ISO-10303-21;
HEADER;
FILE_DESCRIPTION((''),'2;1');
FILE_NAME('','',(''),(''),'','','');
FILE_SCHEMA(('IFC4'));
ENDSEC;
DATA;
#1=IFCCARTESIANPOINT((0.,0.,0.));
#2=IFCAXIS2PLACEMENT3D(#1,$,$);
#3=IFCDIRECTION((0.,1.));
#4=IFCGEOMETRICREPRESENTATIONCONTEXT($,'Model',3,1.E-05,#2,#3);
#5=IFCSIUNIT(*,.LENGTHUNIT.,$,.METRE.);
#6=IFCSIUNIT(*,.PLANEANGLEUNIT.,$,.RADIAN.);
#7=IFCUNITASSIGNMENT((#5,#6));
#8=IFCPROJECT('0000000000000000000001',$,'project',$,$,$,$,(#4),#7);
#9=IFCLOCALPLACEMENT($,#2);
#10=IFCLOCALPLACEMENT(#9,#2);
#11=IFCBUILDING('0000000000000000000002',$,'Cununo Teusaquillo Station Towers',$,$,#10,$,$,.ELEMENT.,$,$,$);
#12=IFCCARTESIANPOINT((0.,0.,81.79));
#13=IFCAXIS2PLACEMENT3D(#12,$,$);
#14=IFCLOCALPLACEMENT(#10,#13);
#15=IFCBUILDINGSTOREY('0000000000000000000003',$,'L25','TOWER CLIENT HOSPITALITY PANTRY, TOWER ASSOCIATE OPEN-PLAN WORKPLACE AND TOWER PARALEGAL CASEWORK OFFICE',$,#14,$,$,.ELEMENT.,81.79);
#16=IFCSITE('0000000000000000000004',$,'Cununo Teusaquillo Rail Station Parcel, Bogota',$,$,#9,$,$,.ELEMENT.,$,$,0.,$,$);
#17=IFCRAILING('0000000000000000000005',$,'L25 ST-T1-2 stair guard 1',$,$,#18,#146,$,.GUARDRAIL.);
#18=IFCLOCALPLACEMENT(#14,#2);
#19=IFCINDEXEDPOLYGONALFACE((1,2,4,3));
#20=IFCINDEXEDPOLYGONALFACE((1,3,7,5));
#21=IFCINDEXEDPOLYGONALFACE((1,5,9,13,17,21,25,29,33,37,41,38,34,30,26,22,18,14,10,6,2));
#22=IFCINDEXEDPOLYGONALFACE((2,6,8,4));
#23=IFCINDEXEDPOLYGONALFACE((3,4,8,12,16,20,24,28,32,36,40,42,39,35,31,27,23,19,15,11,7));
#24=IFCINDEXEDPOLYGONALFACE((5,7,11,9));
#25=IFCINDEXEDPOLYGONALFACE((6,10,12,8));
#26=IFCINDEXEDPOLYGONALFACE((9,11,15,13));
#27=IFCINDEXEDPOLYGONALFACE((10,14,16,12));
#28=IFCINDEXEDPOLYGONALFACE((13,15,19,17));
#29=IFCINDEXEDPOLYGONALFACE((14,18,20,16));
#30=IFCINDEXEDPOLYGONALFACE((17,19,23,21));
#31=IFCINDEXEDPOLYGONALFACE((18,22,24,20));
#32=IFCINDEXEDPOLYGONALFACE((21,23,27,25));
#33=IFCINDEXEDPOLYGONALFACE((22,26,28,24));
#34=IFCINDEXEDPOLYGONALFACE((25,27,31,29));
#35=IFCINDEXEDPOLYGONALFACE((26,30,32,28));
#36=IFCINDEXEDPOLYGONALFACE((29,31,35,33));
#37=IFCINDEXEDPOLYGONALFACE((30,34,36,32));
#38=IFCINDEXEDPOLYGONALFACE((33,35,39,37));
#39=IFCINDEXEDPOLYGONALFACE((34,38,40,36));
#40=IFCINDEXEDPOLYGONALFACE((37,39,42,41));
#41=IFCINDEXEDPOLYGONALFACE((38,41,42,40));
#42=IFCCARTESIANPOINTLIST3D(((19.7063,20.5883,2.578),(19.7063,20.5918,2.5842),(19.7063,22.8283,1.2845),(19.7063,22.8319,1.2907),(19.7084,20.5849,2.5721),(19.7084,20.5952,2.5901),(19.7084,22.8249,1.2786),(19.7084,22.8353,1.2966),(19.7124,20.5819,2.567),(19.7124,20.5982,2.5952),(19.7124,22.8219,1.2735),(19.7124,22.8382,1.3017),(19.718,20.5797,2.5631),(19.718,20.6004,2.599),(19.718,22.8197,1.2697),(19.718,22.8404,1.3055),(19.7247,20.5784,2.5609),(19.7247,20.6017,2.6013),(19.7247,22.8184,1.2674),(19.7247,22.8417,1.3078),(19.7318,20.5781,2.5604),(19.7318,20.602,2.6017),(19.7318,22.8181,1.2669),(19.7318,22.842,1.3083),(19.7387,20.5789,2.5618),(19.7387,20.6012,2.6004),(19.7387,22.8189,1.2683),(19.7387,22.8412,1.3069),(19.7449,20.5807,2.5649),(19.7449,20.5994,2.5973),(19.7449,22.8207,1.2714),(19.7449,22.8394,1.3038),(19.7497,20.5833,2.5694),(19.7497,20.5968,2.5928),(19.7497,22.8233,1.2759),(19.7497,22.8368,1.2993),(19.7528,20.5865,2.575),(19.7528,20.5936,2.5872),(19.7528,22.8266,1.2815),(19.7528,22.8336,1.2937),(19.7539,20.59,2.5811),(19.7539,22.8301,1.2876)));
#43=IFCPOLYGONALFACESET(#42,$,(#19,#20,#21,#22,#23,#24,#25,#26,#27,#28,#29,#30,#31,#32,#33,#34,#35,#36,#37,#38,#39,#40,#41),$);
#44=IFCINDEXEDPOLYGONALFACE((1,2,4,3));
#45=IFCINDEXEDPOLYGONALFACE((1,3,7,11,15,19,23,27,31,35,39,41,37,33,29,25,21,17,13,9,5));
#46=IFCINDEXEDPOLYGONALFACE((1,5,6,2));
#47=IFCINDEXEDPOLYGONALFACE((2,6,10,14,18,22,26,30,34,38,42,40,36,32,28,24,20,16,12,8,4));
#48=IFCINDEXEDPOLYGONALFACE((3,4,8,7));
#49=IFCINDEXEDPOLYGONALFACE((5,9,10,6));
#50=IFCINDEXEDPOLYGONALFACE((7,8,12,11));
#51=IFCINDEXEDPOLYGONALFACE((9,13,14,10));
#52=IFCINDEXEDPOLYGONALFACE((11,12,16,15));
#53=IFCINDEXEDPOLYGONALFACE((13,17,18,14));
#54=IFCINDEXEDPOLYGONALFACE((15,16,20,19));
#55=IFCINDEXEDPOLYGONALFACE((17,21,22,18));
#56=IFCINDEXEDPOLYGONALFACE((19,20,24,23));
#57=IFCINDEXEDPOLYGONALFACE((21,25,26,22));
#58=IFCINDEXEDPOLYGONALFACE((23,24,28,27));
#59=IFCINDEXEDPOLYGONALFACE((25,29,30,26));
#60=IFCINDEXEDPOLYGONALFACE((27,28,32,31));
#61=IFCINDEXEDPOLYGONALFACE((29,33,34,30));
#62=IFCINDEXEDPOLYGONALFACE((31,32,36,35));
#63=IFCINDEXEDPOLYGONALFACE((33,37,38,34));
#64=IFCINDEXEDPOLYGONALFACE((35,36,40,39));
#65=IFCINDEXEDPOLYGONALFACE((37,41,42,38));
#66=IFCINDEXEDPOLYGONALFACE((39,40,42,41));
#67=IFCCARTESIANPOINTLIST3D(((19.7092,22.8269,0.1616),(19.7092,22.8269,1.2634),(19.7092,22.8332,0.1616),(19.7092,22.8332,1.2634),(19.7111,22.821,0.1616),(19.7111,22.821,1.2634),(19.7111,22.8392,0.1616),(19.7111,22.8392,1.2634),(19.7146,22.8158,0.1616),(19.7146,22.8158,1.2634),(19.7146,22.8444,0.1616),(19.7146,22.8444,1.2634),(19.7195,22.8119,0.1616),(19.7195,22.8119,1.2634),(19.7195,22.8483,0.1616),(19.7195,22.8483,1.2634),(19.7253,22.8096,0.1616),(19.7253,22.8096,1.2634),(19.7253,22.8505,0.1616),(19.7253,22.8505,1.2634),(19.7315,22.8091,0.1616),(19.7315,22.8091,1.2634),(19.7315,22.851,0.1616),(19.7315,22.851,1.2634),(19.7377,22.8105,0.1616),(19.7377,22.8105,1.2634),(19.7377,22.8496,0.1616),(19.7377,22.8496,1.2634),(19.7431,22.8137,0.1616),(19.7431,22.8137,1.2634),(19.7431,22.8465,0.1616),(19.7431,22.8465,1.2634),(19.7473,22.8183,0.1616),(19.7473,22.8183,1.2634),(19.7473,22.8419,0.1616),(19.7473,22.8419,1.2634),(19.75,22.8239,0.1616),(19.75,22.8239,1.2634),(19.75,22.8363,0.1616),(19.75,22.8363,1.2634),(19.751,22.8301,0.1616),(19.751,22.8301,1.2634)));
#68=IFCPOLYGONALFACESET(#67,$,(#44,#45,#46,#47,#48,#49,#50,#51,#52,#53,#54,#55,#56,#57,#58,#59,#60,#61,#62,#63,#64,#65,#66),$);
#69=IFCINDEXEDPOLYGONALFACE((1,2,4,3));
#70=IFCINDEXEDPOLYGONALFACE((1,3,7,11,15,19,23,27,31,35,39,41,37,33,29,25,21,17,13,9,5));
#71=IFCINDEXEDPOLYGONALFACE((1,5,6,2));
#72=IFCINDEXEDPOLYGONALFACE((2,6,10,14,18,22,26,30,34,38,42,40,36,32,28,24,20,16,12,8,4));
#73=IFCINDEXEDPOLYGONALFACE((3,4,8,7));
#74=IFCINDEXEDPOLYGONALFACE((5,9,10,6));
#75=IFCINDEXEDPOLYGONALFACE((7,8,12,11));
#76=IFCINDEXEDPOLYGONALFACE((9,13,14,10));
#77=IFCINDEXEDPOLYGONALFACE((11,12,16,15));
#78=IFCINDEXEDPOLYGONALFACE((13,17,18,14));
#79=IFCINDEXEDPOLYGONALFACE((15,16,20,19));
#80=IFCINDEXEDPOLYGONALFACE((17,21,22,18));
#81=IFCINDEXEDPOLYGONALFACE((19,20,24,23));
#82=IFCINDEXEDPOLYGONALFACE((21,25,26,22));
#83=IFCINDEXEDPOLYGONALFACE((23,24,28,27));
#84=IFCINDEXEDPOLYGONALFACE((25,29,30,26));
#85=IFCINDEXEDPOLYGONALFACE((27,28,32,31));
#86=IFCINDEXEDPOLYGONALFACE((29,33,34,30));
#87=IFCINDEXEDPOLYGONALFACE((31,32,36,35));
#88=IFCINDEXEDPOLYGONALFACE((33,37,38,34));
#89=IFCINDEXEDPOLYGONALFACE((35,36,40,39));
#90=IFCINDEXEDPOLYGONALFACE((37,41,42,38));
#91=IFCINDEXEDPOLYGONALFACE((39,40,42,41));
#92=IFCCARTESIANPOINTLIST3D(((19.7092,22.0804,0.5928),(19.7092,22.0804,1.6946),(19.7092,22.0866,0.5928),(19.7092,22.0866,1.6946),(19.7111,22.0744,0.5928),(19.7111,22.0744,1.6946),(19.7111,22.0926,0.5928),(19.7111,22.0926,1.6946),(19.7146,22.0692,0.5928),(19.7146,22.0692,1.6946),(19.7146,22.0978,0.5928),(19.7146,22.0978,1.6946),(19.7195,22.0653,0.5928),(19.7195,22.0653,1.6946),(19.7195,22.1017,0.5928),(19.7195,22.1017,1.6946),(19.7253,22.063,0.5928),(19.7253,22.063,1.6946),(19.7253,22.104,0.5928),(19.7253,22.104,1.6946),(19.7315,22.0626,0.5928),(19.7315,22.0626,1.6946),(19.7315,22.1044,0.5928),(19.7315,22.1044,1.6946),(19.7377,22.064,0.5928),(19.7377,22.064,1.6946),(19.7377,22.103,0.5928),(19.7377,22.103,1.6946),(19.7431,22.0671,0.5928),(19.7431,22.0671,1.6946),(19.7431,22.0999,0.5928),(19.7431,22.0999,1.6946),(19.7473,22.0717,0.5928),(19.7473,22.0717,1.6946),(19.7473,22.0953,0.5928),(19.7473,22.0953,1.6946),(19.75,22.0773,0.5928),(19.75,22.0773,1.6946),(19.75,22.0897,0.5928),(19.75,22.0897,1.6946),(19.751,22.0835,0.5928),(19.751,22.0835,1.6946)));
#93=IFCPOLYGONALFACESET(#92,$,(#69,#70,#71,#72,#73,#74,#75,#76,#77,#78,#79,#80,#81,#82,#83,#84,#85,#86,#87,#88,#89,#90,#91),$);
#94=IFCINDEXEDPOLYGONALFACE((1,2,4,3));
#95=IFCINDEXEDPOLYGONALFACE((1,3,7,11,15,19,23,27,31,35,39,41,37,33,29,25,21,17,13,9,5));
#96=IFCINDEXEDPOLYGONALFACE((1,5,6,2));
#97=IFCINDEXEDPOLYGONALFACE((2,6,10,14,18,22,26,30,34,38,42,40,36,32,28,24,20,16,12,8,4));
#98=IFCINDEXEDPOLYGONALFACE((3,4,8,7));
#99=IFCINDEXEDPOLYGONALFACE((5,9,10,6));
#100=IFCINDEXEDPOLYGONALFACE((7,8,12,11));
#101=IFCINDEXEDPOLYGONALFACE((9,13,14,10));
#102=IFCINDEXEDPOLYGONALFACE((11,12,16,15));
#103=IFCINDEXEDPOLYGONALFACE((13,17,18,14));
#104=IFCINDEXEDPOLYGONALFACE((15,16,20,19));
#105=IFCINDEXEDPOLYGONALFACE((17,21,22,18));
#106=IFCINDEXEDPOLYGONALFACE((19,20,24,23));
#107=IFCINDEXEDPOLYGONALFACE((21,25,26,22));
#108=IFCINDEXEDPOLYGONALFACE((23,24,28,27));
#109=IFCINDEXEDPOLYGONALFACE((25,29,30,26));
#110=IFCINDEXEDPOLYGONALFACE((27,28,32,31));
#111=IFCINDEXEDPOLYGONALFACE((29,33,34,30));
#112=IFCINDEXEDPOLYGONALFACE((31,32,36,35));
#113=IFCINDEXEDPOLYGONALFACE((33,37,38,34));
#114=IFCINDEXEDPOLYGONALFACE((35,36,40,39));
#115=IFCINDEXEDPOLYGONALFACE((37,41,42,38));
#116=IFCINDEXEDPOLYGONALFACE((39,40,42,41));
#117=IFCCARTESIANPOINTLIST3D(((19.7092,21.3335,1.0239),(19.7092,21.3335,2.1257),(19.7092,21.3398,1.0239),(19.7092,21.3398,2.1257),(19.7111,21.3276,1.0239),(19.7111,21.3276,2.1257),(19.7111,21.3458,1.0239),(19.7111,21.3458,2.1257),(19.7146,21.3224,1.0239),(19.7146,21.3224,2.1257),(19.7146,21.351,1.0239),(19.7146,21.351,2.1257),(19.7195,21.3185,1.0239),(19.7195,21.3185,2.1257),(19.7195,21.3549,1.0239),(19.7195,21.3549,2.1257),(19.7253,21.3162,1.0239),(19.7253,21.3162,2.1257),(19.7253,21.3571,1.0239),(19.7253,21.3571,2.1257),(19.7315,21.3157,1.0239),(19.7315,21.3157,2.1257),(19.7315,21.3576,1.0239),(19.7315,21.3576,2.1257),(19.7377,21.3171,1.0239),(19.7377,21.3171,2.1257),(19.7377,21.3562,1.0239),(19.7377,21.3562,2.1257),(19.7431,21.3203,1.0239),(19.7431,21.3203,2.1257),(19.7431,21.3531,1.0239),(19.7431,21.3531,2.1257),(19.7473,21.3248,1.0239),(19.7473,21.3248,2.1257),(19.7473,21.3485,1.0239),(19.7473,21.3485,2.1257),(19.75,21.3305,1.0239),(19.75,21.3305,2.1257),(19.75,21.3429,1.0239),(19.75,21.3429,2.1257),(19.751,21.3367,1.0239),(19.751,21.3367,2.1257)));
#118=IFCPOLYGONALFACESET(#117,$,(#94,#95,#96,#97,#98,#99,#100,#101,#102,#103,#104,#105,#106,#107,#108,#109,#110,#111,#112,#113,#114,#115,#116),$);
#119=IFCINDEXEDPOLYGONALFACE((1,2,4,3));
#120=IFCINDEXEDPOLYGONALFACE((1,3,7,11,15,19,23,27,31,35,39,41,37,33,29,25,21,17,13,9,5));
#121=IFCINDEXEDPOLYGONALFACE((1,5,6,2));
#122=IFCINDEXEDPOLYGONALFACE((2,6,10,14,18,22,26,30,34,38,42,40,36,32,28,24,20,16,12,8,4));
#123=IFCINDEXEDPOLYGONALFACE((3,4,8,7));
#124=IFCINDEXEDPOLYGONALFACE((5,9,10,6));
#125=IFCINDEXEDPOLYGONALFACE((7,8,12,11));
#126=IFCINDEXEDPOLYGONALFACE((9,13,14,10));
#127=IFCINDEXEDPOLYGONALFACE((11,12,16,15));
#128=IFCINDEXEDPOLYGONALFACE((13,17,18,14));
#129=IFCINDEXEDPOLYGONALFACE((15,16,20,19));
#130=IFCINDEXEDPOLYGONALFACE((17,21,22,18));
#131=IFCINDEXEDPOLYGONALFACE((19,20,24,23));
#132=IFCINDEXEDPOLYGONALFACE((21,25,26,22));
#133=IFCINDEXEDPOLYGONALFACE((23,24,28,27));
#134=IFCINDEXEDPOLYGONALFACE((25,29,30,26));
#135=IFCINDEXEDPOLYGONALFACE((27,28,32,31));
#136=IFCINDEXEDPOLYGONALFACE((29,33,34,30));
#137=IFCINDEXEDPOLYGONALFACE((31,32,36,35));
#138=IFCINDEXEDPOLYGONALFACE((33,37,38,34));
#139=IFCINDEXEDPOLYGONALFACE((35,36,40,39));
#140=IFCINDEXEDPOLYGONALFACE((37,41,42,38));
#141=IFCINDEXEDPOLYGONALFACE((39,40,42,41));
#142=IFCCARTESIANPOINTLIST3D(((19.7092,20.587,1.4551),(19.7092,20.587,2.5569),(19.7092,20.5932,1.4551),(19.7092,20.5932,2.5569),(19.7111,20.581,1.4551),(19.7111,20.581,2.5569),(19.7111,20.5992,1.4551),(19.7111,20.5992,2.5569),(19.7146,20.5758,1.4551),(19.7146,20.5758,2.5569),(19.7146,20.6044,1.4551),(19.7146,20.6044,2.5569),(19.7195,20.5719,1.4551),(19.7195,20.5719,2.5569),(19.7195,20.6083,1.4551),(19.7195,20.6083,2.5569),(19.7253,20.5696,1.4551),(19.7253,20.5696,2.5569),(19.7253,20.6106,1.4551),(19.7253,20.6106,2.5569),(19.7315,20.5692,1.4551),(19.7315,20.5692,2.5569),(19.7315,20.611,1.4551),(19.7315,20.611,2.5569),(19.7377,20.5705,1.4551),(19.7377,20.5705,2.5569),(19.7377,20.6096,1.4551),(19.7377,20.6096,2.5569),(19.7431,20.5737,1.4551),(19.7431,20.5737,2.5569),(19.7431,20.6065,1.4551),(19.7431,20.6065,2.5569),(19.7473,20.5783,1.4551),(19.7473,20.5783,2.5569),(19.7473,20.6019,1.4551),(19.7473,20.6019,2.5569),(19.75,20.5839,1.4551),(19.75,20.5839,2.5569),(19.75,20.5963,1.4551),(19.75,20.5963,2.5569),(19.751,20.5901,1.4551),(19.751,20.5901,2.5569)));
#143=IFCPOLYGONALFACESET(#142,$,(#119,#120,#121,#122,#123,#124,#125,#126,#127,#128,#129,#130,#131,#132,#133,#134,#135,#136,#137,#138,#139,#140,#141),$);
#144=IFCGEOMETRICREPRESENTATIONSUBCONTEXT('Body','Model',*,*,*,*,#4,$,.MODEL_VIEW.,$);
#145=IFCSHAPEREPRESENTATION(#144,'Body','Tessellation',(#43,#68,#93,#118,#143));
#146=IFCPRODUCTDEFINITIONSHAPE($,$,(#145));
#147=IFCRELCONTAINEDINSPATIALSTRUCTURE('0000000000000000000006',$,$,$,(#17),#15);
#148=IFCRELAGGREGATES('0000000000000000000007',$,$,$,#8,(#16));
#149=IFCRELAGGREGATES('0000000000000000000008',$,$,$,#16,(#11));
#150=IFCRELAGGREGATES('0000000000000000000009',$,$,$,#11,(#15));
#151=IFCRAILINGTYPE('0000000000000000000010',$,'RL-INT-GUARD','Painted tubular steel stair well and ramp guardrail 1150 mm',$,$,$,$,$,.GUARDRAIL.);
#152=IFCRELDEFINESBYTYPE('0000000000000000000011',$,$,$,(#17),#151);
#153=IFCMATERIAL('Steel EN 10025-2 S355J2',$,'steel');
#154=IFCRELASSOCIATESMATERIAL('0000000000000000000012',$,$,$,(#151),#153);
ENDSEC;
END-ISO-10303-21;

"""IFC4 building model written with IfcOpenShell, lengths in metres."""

from ifc_helpers import new_model, si_unit, direction, frame, origin, origin_2d, place, context, subcontext, project, spatial, circle, extrude, material, type_object, element, save


model = new_model("IFC4")

# Units and contexts
model_context = context("Model", 3, precision=1e-05, world=origin(), true_north=direction((0.0, 1.0)))
body_context = subcontext(model_context, "Body", "Model", "MODEL_VIEW")
ifc_project = project(units=[si_unit("LENGTHUNIT", "METRE"), si_unit("PLANEANGLEUNIT", "RADIAN")], contexts=[model_context])

# Site, building, storey
site_placement = place(None, origin())
site = spatial("IfcSite", under=ifc_project, at=site_placement, Name="Cununo Teusaquillo Rail Station Parcel, Bogota", CompositionType="ELEMENT", RefElevation=0.0)
building_placement = place(site_placement, origin())
building = spatial("IfcBuilding", under=site, at=building_placement, Name="Cununo Teusaquillo Station Towers", CompositionType="ELEMENT")
storey_placement = place(building_placement, frame((0.0, 0.0, 81.79)))
storey = spatial("IfcBuildingStorey", under=building, at=storey_placement, Name="L25", Description="TOWER CLIENT HOSPITALITY PANTRY, TOWER ASSOCIATE OPEN-PLAN WORKPLACE AND TOWER PARALEGAL CASEWORK OFFICE", CompositionType="ELEMENT", Elevation=81.79)

# Railing
ifc_material_1 = material(Name="Steel EN 10025-2 S355J2", Category="steel")
railing_type_1 = type_object("IfcRailingType", Name="RL-INT-GUARD", Description="Painted tubular steel stair well and ramp guardrail 1150 mm", PredefinedType="GUARDRAIL", material=ifc_material_1)
railing_1_placement = place(storey_placement, frame((19.73, 22.8301, 0.1616)))
element("IfcRailing", 1, at=railing_1_placement, inside=storey, type_object=railing_type_1, Name="L25 ST-T1-2 stair guard 1", PredefinedType="GUARDRAIL", context=body_context, shape_type="SweptSolid", body=[
    extrude(circle(Radius=0.0239, at=origin_2d()), frame((0.0, 0.0, 1.126), z_axis=(0.0, -0.865992, 0.500057), x_axis=(1.0, 0.0, 0.0)), (0.0, 0.0, 1.0), 2.5867),
    extrude(circle(Radius=0.021, at=origin_2d()), origin(), (0.0, 0.0, 1.0), 1.1018),
    extrude(circle(Radius=0.021, at=origin_2d()), frame((0.0, -0.7466, 0.4312)), (0.0, 0.0, 1.0), 1.1018),
    extrude(circle(Radius=0.021, at=origin_2d()), frame((0.0, -1.4934, 0.8623)), (0.0, 0.0, 1.0), 1.1018),
    extrude(circle(Radius=0.021, at=origin_2d()), frame((0.0, -2.24, 1.2935)), (0.0, 0.0, 1.0), 1.1018),
])

save(model, "model.ifc")
